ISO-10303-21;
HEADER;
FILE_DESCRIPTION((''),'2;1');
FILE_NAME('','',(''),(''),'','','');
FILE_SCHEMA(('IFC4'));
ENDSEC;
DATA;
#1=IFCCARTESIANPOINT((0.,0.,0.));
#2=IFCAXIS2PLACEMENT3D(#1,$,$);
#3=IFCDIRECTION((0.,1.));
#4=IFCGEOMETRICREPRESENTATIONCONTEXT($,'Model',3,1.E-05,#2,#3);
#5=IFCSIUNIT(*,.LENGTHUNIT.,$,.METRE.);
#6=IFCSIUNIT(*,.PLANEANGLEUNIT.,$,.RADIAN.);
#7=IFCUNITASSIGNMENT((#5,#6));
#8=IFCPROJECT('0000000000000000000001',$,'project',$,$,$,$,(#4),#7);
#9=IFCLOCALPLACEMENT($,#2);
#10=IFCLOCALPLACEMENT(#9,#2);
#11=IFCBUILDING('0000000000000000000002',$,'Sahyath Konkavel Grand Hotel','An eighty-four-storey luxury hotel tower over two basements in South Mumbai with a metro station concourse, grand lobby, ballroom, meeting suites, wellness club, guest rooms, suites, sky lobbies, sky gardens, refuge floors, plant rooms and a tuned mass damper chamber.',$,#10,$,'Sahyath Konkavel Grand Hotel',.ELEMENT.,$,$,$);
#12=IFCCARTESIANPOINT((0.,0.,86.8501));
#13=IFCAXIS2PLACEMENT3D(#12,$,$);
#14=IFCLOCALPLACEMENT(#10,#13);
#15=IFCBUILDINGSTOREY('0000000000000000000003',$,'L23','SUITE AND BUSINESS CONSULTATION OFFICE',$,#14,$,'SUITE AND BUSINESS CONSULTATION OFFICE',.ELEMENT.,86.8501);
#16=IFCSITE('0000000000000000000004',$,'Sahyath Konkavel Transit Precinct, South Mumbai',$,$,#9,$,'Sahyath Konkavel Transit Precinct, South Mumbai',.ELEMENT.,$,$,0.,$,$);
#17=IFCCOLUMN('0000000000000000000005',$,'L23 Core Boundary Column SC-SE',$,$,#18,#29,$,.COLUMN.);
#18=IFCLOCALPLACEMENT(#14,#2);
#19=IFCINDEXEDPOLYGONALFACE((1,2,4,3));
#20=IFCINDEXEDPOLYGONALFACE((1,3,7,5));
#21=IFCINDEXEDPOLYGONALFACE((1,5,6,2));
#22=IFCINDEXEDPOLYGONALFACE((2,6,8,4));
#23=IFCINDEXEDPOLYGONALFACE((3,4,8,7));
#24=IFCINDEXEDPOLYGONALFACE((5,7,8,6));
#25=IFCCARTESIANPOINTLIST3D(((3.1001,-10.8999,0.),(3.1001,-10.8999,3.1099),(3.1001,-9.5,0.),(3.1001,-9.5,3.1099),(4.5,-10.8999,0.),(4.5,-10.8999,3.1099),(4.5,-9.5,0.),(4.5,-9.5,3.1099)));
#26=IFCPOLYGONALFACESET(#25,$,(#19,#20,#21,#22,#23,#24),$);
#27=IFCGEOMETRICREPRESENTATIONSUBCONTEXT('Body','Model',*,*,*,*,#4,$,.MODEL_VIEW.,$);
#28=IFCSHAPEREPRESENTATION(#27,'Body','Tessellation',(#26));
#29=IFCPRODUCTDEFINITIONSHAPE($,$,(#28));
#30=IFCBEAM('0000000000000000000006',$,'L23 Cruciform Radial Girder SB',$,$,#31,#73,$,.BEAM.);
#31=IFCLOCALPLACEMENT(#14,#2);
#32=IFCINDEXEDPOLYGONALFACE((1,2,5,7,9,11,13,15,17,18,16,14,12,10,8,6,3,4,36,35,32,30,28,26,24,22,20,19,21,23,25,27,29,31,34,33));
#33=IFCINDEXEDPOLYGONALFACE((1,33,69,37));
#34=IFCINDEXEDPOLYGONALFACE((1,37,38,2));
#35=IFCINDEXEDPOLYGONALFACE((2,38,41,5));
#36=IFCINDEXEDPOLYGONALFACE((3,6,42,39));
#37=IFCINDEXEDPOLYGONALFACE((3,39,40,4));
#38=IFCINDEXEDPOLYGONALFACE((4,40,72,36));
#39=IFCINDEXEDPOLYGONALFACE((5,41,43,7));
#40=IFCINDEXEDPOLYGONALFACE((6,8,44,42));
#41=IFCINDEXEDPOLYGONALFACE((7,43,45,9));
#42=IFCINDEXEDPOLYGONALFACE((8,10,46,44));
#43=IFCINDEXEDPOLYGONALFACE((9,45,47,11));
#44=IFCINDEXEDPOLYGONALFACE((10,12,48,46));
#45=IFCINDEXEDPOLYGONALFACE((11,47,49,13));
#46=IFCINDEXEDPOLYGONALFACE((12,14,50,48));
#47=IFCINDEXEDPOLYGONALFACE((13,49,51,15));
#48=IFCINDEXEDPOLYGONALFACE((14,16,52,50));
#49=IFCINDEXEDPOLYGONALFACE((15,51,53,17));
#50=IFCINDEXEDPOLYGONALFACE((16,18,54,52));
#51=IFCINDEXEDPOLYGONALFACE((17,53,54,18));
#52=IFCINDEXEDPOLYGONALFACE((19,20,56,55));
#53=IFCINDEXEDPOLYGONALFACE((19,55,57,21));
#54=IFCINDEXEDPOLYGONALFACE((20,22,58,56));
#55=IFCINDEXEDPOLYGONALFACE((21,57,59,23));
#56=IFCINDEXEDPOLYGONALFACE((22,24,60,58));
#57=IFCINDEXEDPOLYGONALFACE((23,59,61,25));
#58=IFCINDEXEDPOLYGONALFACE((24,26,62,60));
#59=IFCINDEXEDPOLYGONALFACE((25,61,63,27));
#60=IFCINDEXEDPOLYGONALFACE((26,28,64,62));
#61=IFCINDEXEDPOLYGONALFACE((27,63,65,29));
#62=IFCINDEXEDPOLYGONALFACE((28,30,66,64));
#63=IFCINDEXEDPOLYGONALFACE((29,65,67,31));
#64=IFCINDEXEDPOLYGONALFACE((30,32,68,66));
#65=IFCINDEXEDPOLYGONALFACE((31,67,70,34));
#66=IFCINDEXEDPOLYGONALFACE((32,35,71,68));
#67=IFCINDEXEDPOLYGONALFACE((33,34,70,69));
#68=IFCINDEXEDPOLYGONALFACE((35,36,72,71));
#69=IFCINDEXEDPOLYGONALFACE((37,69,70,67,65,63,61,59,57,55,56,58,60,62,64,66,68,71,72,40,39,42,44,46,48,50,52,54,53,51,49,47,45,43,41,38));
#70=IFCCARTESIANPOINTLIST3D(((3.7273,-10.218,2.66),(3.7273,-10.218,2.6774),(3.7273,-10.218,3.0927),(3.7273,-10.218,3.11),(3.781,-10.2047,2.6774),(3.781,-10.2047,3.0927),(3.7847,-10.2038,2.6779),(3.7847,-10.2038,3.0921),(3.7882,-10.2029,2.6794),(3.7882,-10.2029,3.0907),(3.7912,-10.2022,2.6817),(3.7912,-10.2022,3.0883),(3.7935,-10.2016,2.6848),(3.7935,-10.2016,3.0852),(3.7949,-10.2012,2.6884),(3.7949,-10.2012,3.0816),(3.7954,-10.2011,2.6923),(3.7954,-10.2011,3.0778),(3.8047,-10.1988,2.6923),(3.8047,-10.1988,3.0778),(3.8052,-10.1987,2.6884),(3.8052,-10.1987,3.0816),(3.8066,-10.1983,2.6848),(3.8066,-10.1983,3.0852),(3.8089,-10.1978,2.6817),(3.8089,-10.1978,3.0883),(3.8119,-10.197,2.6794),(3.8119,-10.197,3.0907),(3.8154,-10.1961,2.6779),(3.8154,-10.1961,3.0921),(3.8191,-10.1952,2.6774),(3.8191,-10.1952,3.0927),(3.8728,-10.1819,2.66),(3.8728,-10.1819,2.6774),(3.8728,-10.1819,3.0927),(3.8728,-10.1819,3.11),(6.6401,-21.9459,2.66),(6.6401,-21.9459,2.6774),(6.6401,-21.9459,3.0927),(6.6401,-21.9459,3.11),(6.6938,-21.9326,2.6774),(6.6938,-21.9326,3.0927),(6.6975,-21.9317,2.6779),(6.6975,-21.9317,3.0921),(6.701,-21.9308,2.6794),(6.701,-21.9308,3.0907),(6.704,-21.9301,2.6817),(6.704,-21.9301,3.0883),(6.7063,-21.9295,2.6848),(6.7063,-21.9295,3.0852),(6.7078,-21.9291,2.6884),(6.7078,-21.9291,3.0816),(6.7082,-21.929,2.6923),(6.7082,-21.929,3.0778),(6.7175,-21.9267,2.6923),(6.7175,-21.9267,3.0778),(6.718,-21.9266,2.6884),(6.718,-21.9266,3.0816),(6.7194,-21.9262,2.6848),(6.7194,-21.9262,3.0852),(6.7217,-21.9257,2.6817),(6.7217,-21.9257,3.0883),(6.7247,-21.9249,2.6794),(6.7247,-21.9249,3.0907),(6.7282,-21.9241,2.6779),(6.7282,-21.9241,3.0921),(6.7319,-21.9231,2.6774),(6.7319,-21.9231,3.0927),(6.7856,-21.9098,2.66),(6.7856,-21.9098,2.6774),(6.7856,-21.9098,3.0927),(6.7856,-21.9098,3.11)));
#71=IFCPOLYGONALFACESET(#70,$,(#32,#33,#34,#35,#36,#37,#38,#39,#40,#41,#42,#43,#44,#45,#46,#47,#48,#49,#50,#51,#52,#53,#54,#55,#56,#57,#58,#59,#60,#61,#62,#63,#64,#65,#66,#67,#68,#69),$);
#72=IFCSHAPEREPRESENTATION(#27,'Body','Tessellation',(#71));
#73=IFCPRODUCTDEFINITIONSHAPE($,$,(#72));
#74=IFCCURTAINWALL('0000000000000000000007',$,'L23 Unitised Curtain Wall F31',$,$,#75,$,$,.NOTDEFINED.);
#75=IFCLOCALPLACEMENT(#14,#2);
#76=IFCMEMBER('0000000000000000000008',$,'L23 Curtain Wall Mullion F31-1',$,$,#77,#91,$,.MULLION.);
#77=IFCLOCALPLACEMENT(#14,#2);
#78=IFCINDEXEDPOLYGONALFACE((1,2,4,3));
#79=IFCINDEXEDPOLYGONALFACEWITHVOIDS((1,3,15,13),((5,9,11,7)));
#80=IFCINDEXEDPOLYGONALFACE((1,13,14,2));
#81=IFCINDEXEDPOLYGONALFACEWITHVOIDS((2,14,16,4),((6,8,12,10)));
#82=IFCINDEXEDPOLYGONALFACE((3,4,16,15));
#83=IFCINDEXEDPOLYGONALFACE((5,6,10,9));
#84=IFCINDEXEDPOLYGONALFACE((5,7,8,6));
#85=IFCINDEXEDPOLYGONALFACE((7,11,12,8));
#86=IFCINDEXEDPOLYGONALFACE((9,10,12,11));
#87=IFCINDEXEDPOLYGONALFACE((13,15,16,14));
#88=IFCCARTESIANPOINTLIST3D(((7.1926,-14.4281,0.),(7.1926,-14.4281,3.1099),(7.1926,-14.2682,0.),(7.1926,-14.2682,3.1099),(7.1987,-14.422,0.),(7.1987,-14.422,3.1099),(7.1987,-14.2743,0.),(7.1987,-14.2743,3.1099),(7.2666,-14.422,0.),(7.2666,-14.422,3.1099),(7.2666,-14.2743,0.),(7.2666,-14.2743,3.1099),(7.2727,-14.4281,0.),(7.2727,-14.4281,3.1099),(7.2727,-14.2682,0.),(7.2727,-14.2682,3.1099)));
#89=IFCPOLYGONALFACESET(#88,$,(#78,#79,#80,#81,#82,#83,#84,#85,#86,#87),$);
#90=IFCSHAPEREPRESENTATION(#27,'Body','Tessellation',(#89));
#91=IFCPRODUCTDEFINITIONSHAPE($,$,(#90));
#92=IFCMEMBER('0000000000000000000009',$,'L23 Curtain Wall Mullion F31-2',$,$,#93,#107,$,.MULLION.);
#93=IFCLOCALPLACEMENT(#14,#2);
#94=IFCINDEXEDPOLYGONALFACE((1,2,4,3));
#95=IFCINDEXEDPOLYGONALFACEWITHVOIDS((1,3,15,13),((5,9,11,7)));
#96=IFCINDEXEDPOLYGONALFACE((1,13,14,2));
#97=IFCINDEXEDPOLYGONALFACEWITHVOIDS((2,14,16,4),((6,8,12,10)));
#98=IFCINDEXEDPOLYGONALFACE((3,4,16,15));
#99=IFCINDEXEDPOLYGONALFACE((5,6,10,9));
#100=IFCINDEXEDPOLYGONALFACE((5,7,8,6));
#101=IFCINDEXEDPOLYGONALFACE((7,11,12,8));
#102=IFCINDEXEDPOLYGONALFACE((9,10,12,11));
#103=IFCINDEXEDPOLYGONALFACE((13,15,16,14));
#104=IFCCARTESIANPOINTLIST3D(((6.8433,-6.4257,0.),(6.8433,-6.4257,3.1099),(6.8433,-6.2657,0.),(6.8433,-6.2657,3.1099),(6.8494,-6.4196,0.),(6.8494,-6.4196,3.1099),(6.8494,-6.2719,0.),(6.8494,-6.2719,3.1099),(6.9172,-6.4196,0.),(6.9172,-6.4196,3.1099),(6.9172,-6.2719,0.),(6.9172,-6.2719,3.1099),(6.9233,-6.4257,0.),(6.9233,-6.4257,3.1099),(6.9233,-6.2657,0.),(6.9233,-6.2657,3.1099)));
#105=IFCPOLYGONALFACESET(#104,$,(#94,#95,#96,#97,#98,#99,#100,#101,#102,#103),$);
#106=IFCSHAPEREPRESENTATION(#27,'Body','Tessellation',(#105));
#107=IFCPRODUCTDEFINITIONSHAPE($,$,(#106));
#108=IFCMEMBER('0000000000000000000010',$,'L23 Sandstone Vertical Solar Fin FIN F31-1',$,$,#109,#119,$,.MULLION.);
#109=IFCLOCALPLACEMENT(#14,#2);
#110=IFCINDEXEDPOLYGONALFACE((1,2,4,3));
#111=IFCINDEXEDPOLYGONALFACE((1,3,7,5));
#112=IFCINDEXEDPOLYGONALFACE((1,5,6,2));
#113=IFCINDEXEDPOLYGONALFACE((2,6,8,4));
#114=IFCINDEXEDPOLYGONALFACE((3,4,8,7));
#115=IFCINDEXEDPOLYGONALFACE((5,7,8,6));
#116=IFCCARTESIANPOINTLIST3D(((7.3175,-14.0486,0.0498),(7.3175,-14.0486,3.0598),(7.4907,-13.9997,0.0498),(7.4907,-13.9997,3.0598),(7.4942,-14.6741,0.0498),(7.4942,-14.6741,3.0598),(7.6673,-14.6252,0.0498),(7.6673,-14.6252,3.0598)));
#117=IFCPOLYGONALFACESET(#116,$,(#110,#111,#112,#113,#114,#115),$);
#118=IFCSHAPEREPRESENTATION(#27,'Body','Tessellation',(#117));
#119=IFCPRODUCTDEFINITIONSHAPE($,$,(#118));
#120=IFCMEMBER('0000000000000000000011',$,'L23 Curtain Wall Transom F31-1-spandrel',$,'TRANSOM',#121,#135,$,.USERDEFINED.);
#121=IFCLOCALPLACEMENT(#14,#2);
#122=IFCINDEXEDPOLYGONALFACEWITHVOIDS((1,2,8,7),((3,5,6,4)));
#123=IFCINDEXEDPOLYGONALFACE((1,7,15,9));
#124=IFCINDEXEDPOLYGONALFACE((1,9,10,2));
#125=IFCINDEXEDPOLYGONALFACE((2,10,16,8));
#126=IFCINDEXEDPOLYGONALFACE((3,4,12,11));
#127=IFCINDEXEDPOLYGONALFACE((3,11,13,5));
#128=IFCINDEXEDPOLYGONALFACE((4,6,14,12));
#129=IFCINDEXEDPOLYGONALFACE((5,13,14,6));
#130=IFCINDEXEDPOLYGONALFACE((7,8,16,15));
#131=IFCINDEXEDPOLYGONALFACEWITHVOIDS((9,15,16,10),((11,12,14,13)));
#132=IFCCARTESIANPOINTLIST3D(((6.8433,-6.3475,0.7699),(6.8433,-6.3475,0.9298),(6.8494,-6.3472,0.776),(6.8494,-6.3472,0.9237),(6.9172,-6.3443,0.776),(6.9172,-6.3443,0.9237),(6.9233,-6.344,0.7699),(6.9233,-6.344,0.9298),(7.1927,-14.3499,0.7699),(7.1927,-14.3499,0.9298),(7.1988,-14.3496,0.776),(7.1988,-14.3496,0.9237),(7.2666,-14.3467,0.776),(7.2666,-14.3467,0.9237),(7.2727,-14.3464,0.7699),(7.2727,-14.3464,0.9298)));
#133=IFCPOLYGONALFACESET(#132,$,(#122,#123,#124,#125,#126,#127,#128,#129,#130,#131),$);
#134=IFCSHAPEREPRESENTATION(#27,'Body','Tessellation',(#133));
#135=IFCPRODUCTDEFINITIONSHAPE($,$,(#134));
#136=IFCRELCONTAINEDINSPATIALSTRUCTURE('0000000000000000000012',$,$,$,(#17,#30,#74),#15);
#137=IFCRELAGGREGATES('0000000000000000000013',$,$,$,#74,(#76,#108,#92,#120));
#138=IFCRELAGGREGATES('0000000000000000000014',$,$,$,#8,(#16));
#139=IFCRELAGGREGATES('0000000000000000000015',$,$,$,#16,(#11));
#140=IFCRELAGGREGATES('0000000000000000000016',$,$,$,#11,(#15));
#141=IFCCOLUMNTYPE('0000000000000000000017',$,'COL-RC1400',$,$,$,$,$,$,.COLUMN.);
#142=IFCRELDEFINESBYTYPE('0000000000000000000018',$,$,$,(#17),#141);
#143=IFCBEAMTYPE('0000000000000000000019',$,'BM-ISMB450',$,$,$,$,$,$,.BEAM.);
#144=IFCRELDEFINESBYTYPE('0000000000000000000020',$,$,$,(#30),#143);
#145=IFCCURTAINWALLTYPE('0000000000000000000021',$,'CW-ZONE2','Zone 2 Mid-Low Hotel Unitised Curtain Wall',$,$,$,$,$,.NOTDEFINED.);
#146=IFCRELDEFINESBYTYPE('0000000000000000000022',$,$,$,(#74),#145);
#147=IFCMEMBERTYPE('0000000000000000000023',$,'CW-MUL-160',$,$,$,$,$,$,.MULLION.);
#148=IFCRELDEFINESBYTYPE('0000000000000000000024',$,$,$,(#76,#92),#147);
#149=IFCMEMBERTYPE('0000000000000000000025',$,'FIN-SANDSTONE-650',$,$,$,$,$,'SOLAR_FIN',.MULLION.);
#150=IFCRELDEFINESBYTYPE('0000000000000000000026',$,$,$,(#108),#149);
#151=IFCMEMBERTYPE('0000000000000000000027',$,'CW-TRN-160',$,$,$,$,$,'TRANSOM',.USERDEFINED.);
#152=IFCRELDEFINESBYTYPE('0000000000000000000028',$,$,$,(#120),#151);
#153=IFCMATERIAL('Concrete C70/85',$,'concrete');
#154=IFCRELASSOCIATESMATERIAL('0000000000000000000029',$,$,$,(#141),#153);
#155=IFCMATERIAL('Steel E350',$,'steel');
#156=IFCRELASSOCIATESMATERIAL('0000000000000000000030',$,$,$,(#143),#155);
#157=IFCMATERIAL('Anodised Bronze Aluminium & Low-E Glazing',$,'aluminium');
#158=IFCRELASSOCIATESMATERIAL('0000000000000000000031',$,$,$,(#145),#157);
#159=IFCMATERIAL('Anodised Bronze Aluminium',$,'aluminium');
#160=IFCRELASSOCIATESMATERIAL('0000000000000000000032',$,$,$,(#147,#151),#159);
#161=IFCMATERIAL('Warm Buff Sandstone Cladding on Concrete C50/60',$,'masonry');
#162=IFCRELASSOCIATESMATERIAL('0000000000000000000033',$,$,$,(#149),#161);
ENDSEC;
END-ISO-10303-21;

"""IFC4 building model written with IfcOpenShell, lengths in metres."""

from ifc_helpers import new_model, si_unit, direction, frame, origin, origin_2d, place, context, subcontext, project, spatial, rectangle, hollow_rectangle, i_section, extrude, source, transform, mapped, material, material_profile, profile_set, type_object, element, aggregate, save


model = new_model("IFC4")

# Units and contexts
model_context = context("Model", 3, precision=1e-05, world=origin(), true_north=direction((0.0, 1.0)))
body_context = subcontext(model_context, "Body", "Model", "MODEL_VIEW")
ifc_project = project(units=[si_unit("LENGTHUNIT", "METRE"), si_unit("PLANEANGLEUNIT", "RADIAN")], contexts=[model_context])

# Site, building, storey
site_placement = place(None, origin())
site = spatial("IfcSite", under=ifc_project, at=site_placement, Name="Sahyath Konkavel Transit Precinct, South Mumbai", LongName="Sahyath Konkavel Transit Precinct, South Mumbai", CompositionType="ELEMENT", RefElevation=0.0)
building_placement = place(site_placement, origin())
building = spatial("IfcBuilding", under=site, at=building_placement, Name="Sahyath Konkavel Grand Hotel", Description="An eighty-four-storey luxury hotel tower over two basements in South Mumbai with a metro station concourse, grand lobby, ballroom, meeting suites, wellness club, guest rooms, suites, sky lobbies, sky gardens, refuge floors, plant rooms and a tuned mass damper chamber.", LongName="Sahyath Konkavel Grand Hotel", CompositionType="ELEMENT")
storey_placement = place(building_placement, frame((0.0, 0.0, 86.8501)))
storey = spatial("IfcBuildingStorey", under=building, at=storey_placement, Name="L23", Description="SUITE AND BUSINESS CONSULTATION OFFICE", LongName="SUITE AND BUSINESS CONSULTATION OFFICE", CompositionType="ELEMENT", Elevation=86.8501)

# Column
ifc_material_1 = material(Name="Concrete C70/85", Category="concrete")
ifc_material_profile_1 = material_profile(ifc_material_1, rectangle(XDim=1.3999, YDim=1.3999, at=origin_2d()), Name="RC 1400x1400")
ifc_profile_set_1 = profile_set([ifc_material_profile_1], Name="Concrete C70/85")
column_type = type_object("IfcColumnType", Name="COL-RC1400", PredefinedType="COLUMN", material=ifc_profile_set_1)
shared_shape_1 = source(origin(), body_context, "Body", "SweptSolid", [
    extrude(rectangle(XDim=1.3999, YDim=1.3999, at=origin_2d()), origin(), (0.0, 0.0, 1.0), 3.1099),
])
column_placement = place(storey_placement, frame((3.8, -10.2, 0.0), z_axis=(0.0, 0.0, 1.0), x_axis=(1.0, 0.0, 0.0)))
element("IfcColumn", 1, at=column_placement, inside=storey, type_object=column_type, Name="L23 Core Boundary Column SC-SE", PredefinedType="COLUMN", context=body_context, shape_type="MappedRepresentation", body=[
    mapped(shared_shape_1, transform((0.0, 0.0, 0.0), scale=1.0)),
])

# Beam
ifc_material_2 = material(Name="Steel E350", Category="steel")
ifc_material_profile_2 = material_profile(ifc_material_2, i_section(OverallWidth=0.1499, OverallDepth=0.45, WebThickness=0.0095, FlangeThickness=0.0173, FilletRadius=0.0149, at=origin_2d()), Name="ISMB 450")
ifc_profile_set_2 = profile_set([ifc_material_profile_2], Name="Steel E350")
beam_type_1 = type_object("IfcBeamType", Name="BM-ISMB450", PredefinedType="BEAM", material=ifc_profile_set_2)
shared_shape_2 = source(origin(), body_context, "Body", "SweptSolid", [
    extrude(i_section(OverallWidth=0.1499, OverallDepth=0.45, WebThickness=0.0095, FlangeThickness=0.0173, FilletRadius=0.0149, at=origin_2d()), origin(), (0.0, 0.0, 1.0), 12.0842),
])
beam_1_placement = place(storey_placement, frame((3.8, -10.2, 2.885), z_axis=(0.241043, -0.970515, 0.0), x_axis=(0.970515, 0.241043, 0.0)))
element("IfcBeam", 2, at=beam_1_placement, inside=storey, type_object=beam_type_1, Name="L23 Cruciform Radial Girder SB", PredefinedType="BEAM", context=body_context, shape_type="MappedRepresentation", body=[
    mapped(shared_shape_2, transform((0.0, 0.0, 0.0), scale=1.0)),
])

# Curtain wall, members
ifc_material_3 = material(Name="Anodised Bronze Aluminium & Low-E Glazing", Category="aluminium")
curtain_wall_type = type_object("IfcCurtainWallType", Name="CW-ZONE2", Description="Zone 2 Mid-Low Hotel Unitised Curtain Wall", PredefinedType="NOTDEFINED", material=ifc_material_3)
curtain_wall_placement = place(storey_placement, origin())
curtain_wall = element("IfcCurtainWall", 3, at=curtain_wall_placement, inside=storey, type_object=curtain_wall_type, Name="L23 Unitised Curtain Wall F31", PredefinedType="NOTDEFINED")
ifc_material_4 = material(Name="Anodised Bronze Aluminium", Category="aluminium")
ifc_material_profile_3 = material_profile(ifc_material_4, hollow_rectangle(XDim=0.0801, YDim=0.1599, WallThickness=0.0061, at=origin_2d()), Name="RHS 160x80x6")
ifc_profile_set_3 = profile_set([ifc_material_profile_3], Name="Anodised Bronze Aluminium")
member_type_1 = type_object("IfcMemberType", Name="CW-MUL-160", PredefinedType="MULLION", material=ifc_profile_set_3)
shared_shape_3 = source(origin(), body_context, "Body", "SweptSolid", [
    extrude(hollow_rectangle(XDim=0.0801, YDim=0.1599, WallThickness=0.0061, at=origin_2d()), origin(), (0.0, 0.0, 1.0), 3.1099),
])
member_1_placement = place(storey_placement, frame((7.2327, -14.3481, 0.0), z_axis=(0.0, 0.0, 1.0), x_axis=(1.0, 0.0, 0.0)))
member_1 = element("IfcMember", 4, at=member_1_placement, type_object=member_type_1, Name="L23 Curtain Wall Mullion F31-1", PredefinedType="MULLION", context=body_context, shape_type="MappedRepresentation", body=[
    mapped(shared_shape_3, transform((0.0, 0.0, 0.0), scale=1.0)),
])
member_2_placement = place(storey_placement, frame((6.8833, -6.3457, 0.0), z_axis=(0.0, 0.0, 1.0), x_axis=(1.0, 0.0, 0.0)))
member_2 = element("IfcMember", 5, at=member_2_placement, type_object=member_type_1, Name="L23 Curtain Wall Mullion F31-2", PredefinedType="MULLION", context=body_context, shape_type="MappedRepresentation", body=[
    mapped(shared_shape_3, transform((0.0, 0.0, 0.0), scale=1.0)),
])
ifc_material_5 = material(Name="Warm Buff Sandstone Cladding on Concrete C50/60", Category="masonry")
ifc_material_profile_4 = material_profile(ifc_material_5, rectangle(XDim=0.1799, YDim=0.6499, at=origin_2d()), Name="FIN 180x650")
ifc_profile_set_4 = profile_set([ifc_material_profile_4], Name="Warm Buff Sandstone Cladding on Concrete C50/60")
member_type_2 = type_object("IfcMemberType", Name="FIN-SANDSTONE-650", ElementType="SOLAR_FIN", PredefinedType="MULLION", material=ifc_profile_set_4)
shared_shape_4 = source(origin(), body_context, "Body", "SweptSolid", [
    extrude(rectangle(XDim=0.1799, YDim=0.6499, at=origin_2d()), origin(), (0.0, 0.0, 1.0), 3.01),
])
member_3_placement = place(storey_placement, frame((7.4924, -14.3369, 0.0498), z_axis=(0.0, 0.0, 1.0), x_axis=(0.96236, 0.271776, 0.0)))
member_3 = element("IfcMember", 6, at=member_3_placement, type_object=member_type_2, Name="L23 Sandstone Vertical Solar Fin FIN F31-1", PredefinedType="MULLION", context=body_context, shape_type="MappedRepresentation", body=[
    mapped(shared_shape_4, transform((0.0, 0.0, 0.0), scale=1.0)),
])
ifc_material_profile_5 = material_profile(ifc_material_4, hollow_rectangle(XDim=0.0801, YDim=0.1599, WallThickness=0.0061, at=origin_2d()), Name="RHS 160x80x6")
ifc_profile_set_5 = profile_set([ifc_material_profile_5], Name="Anodised Bronze Aluminium")
member_type_3 = type_object("IfcMemberType", Name="CW-TRN-160", ElementType="TRANSOM", PredefinedType="USERDEFINED", material=ifc_profile_set_5)
shared_shape_5 = source(origin(), body_context, "Body", "SweptSolid", [
    extrude(hollow_rectangle(XDim=0.0801, YDim=0.1599, WallThickness=0.0061, at=origin_2d()), origin(), (0.0, 0.0, 1.0), 8.01),
])
member_4_placement = place(storey_placement, frame((7.2327, -14.3481, 0.8499), z_axis=(-0.043616, 0.999048, 0.0), x_axis=(-0.999048, -0.043616, 0.0)))
member_4 = element("IfcMember", 7, at=member_4_placement, type_object=member_type_3, Name="L23 Curtain Wall Transom F31-1-spandrel", ObjectType="TRANSOM", PredefinedType="USERDEFINED", context=body_context, shape_type="MappedRepresentation", body=[
    mapped(shared_shape_5, transform((0.0, 0.0, 0.0), scale=1.0)),
])

aggregate(curtain_wall, [member_1, member_3, member_2, member_4])

save(model, "model.ifc")
